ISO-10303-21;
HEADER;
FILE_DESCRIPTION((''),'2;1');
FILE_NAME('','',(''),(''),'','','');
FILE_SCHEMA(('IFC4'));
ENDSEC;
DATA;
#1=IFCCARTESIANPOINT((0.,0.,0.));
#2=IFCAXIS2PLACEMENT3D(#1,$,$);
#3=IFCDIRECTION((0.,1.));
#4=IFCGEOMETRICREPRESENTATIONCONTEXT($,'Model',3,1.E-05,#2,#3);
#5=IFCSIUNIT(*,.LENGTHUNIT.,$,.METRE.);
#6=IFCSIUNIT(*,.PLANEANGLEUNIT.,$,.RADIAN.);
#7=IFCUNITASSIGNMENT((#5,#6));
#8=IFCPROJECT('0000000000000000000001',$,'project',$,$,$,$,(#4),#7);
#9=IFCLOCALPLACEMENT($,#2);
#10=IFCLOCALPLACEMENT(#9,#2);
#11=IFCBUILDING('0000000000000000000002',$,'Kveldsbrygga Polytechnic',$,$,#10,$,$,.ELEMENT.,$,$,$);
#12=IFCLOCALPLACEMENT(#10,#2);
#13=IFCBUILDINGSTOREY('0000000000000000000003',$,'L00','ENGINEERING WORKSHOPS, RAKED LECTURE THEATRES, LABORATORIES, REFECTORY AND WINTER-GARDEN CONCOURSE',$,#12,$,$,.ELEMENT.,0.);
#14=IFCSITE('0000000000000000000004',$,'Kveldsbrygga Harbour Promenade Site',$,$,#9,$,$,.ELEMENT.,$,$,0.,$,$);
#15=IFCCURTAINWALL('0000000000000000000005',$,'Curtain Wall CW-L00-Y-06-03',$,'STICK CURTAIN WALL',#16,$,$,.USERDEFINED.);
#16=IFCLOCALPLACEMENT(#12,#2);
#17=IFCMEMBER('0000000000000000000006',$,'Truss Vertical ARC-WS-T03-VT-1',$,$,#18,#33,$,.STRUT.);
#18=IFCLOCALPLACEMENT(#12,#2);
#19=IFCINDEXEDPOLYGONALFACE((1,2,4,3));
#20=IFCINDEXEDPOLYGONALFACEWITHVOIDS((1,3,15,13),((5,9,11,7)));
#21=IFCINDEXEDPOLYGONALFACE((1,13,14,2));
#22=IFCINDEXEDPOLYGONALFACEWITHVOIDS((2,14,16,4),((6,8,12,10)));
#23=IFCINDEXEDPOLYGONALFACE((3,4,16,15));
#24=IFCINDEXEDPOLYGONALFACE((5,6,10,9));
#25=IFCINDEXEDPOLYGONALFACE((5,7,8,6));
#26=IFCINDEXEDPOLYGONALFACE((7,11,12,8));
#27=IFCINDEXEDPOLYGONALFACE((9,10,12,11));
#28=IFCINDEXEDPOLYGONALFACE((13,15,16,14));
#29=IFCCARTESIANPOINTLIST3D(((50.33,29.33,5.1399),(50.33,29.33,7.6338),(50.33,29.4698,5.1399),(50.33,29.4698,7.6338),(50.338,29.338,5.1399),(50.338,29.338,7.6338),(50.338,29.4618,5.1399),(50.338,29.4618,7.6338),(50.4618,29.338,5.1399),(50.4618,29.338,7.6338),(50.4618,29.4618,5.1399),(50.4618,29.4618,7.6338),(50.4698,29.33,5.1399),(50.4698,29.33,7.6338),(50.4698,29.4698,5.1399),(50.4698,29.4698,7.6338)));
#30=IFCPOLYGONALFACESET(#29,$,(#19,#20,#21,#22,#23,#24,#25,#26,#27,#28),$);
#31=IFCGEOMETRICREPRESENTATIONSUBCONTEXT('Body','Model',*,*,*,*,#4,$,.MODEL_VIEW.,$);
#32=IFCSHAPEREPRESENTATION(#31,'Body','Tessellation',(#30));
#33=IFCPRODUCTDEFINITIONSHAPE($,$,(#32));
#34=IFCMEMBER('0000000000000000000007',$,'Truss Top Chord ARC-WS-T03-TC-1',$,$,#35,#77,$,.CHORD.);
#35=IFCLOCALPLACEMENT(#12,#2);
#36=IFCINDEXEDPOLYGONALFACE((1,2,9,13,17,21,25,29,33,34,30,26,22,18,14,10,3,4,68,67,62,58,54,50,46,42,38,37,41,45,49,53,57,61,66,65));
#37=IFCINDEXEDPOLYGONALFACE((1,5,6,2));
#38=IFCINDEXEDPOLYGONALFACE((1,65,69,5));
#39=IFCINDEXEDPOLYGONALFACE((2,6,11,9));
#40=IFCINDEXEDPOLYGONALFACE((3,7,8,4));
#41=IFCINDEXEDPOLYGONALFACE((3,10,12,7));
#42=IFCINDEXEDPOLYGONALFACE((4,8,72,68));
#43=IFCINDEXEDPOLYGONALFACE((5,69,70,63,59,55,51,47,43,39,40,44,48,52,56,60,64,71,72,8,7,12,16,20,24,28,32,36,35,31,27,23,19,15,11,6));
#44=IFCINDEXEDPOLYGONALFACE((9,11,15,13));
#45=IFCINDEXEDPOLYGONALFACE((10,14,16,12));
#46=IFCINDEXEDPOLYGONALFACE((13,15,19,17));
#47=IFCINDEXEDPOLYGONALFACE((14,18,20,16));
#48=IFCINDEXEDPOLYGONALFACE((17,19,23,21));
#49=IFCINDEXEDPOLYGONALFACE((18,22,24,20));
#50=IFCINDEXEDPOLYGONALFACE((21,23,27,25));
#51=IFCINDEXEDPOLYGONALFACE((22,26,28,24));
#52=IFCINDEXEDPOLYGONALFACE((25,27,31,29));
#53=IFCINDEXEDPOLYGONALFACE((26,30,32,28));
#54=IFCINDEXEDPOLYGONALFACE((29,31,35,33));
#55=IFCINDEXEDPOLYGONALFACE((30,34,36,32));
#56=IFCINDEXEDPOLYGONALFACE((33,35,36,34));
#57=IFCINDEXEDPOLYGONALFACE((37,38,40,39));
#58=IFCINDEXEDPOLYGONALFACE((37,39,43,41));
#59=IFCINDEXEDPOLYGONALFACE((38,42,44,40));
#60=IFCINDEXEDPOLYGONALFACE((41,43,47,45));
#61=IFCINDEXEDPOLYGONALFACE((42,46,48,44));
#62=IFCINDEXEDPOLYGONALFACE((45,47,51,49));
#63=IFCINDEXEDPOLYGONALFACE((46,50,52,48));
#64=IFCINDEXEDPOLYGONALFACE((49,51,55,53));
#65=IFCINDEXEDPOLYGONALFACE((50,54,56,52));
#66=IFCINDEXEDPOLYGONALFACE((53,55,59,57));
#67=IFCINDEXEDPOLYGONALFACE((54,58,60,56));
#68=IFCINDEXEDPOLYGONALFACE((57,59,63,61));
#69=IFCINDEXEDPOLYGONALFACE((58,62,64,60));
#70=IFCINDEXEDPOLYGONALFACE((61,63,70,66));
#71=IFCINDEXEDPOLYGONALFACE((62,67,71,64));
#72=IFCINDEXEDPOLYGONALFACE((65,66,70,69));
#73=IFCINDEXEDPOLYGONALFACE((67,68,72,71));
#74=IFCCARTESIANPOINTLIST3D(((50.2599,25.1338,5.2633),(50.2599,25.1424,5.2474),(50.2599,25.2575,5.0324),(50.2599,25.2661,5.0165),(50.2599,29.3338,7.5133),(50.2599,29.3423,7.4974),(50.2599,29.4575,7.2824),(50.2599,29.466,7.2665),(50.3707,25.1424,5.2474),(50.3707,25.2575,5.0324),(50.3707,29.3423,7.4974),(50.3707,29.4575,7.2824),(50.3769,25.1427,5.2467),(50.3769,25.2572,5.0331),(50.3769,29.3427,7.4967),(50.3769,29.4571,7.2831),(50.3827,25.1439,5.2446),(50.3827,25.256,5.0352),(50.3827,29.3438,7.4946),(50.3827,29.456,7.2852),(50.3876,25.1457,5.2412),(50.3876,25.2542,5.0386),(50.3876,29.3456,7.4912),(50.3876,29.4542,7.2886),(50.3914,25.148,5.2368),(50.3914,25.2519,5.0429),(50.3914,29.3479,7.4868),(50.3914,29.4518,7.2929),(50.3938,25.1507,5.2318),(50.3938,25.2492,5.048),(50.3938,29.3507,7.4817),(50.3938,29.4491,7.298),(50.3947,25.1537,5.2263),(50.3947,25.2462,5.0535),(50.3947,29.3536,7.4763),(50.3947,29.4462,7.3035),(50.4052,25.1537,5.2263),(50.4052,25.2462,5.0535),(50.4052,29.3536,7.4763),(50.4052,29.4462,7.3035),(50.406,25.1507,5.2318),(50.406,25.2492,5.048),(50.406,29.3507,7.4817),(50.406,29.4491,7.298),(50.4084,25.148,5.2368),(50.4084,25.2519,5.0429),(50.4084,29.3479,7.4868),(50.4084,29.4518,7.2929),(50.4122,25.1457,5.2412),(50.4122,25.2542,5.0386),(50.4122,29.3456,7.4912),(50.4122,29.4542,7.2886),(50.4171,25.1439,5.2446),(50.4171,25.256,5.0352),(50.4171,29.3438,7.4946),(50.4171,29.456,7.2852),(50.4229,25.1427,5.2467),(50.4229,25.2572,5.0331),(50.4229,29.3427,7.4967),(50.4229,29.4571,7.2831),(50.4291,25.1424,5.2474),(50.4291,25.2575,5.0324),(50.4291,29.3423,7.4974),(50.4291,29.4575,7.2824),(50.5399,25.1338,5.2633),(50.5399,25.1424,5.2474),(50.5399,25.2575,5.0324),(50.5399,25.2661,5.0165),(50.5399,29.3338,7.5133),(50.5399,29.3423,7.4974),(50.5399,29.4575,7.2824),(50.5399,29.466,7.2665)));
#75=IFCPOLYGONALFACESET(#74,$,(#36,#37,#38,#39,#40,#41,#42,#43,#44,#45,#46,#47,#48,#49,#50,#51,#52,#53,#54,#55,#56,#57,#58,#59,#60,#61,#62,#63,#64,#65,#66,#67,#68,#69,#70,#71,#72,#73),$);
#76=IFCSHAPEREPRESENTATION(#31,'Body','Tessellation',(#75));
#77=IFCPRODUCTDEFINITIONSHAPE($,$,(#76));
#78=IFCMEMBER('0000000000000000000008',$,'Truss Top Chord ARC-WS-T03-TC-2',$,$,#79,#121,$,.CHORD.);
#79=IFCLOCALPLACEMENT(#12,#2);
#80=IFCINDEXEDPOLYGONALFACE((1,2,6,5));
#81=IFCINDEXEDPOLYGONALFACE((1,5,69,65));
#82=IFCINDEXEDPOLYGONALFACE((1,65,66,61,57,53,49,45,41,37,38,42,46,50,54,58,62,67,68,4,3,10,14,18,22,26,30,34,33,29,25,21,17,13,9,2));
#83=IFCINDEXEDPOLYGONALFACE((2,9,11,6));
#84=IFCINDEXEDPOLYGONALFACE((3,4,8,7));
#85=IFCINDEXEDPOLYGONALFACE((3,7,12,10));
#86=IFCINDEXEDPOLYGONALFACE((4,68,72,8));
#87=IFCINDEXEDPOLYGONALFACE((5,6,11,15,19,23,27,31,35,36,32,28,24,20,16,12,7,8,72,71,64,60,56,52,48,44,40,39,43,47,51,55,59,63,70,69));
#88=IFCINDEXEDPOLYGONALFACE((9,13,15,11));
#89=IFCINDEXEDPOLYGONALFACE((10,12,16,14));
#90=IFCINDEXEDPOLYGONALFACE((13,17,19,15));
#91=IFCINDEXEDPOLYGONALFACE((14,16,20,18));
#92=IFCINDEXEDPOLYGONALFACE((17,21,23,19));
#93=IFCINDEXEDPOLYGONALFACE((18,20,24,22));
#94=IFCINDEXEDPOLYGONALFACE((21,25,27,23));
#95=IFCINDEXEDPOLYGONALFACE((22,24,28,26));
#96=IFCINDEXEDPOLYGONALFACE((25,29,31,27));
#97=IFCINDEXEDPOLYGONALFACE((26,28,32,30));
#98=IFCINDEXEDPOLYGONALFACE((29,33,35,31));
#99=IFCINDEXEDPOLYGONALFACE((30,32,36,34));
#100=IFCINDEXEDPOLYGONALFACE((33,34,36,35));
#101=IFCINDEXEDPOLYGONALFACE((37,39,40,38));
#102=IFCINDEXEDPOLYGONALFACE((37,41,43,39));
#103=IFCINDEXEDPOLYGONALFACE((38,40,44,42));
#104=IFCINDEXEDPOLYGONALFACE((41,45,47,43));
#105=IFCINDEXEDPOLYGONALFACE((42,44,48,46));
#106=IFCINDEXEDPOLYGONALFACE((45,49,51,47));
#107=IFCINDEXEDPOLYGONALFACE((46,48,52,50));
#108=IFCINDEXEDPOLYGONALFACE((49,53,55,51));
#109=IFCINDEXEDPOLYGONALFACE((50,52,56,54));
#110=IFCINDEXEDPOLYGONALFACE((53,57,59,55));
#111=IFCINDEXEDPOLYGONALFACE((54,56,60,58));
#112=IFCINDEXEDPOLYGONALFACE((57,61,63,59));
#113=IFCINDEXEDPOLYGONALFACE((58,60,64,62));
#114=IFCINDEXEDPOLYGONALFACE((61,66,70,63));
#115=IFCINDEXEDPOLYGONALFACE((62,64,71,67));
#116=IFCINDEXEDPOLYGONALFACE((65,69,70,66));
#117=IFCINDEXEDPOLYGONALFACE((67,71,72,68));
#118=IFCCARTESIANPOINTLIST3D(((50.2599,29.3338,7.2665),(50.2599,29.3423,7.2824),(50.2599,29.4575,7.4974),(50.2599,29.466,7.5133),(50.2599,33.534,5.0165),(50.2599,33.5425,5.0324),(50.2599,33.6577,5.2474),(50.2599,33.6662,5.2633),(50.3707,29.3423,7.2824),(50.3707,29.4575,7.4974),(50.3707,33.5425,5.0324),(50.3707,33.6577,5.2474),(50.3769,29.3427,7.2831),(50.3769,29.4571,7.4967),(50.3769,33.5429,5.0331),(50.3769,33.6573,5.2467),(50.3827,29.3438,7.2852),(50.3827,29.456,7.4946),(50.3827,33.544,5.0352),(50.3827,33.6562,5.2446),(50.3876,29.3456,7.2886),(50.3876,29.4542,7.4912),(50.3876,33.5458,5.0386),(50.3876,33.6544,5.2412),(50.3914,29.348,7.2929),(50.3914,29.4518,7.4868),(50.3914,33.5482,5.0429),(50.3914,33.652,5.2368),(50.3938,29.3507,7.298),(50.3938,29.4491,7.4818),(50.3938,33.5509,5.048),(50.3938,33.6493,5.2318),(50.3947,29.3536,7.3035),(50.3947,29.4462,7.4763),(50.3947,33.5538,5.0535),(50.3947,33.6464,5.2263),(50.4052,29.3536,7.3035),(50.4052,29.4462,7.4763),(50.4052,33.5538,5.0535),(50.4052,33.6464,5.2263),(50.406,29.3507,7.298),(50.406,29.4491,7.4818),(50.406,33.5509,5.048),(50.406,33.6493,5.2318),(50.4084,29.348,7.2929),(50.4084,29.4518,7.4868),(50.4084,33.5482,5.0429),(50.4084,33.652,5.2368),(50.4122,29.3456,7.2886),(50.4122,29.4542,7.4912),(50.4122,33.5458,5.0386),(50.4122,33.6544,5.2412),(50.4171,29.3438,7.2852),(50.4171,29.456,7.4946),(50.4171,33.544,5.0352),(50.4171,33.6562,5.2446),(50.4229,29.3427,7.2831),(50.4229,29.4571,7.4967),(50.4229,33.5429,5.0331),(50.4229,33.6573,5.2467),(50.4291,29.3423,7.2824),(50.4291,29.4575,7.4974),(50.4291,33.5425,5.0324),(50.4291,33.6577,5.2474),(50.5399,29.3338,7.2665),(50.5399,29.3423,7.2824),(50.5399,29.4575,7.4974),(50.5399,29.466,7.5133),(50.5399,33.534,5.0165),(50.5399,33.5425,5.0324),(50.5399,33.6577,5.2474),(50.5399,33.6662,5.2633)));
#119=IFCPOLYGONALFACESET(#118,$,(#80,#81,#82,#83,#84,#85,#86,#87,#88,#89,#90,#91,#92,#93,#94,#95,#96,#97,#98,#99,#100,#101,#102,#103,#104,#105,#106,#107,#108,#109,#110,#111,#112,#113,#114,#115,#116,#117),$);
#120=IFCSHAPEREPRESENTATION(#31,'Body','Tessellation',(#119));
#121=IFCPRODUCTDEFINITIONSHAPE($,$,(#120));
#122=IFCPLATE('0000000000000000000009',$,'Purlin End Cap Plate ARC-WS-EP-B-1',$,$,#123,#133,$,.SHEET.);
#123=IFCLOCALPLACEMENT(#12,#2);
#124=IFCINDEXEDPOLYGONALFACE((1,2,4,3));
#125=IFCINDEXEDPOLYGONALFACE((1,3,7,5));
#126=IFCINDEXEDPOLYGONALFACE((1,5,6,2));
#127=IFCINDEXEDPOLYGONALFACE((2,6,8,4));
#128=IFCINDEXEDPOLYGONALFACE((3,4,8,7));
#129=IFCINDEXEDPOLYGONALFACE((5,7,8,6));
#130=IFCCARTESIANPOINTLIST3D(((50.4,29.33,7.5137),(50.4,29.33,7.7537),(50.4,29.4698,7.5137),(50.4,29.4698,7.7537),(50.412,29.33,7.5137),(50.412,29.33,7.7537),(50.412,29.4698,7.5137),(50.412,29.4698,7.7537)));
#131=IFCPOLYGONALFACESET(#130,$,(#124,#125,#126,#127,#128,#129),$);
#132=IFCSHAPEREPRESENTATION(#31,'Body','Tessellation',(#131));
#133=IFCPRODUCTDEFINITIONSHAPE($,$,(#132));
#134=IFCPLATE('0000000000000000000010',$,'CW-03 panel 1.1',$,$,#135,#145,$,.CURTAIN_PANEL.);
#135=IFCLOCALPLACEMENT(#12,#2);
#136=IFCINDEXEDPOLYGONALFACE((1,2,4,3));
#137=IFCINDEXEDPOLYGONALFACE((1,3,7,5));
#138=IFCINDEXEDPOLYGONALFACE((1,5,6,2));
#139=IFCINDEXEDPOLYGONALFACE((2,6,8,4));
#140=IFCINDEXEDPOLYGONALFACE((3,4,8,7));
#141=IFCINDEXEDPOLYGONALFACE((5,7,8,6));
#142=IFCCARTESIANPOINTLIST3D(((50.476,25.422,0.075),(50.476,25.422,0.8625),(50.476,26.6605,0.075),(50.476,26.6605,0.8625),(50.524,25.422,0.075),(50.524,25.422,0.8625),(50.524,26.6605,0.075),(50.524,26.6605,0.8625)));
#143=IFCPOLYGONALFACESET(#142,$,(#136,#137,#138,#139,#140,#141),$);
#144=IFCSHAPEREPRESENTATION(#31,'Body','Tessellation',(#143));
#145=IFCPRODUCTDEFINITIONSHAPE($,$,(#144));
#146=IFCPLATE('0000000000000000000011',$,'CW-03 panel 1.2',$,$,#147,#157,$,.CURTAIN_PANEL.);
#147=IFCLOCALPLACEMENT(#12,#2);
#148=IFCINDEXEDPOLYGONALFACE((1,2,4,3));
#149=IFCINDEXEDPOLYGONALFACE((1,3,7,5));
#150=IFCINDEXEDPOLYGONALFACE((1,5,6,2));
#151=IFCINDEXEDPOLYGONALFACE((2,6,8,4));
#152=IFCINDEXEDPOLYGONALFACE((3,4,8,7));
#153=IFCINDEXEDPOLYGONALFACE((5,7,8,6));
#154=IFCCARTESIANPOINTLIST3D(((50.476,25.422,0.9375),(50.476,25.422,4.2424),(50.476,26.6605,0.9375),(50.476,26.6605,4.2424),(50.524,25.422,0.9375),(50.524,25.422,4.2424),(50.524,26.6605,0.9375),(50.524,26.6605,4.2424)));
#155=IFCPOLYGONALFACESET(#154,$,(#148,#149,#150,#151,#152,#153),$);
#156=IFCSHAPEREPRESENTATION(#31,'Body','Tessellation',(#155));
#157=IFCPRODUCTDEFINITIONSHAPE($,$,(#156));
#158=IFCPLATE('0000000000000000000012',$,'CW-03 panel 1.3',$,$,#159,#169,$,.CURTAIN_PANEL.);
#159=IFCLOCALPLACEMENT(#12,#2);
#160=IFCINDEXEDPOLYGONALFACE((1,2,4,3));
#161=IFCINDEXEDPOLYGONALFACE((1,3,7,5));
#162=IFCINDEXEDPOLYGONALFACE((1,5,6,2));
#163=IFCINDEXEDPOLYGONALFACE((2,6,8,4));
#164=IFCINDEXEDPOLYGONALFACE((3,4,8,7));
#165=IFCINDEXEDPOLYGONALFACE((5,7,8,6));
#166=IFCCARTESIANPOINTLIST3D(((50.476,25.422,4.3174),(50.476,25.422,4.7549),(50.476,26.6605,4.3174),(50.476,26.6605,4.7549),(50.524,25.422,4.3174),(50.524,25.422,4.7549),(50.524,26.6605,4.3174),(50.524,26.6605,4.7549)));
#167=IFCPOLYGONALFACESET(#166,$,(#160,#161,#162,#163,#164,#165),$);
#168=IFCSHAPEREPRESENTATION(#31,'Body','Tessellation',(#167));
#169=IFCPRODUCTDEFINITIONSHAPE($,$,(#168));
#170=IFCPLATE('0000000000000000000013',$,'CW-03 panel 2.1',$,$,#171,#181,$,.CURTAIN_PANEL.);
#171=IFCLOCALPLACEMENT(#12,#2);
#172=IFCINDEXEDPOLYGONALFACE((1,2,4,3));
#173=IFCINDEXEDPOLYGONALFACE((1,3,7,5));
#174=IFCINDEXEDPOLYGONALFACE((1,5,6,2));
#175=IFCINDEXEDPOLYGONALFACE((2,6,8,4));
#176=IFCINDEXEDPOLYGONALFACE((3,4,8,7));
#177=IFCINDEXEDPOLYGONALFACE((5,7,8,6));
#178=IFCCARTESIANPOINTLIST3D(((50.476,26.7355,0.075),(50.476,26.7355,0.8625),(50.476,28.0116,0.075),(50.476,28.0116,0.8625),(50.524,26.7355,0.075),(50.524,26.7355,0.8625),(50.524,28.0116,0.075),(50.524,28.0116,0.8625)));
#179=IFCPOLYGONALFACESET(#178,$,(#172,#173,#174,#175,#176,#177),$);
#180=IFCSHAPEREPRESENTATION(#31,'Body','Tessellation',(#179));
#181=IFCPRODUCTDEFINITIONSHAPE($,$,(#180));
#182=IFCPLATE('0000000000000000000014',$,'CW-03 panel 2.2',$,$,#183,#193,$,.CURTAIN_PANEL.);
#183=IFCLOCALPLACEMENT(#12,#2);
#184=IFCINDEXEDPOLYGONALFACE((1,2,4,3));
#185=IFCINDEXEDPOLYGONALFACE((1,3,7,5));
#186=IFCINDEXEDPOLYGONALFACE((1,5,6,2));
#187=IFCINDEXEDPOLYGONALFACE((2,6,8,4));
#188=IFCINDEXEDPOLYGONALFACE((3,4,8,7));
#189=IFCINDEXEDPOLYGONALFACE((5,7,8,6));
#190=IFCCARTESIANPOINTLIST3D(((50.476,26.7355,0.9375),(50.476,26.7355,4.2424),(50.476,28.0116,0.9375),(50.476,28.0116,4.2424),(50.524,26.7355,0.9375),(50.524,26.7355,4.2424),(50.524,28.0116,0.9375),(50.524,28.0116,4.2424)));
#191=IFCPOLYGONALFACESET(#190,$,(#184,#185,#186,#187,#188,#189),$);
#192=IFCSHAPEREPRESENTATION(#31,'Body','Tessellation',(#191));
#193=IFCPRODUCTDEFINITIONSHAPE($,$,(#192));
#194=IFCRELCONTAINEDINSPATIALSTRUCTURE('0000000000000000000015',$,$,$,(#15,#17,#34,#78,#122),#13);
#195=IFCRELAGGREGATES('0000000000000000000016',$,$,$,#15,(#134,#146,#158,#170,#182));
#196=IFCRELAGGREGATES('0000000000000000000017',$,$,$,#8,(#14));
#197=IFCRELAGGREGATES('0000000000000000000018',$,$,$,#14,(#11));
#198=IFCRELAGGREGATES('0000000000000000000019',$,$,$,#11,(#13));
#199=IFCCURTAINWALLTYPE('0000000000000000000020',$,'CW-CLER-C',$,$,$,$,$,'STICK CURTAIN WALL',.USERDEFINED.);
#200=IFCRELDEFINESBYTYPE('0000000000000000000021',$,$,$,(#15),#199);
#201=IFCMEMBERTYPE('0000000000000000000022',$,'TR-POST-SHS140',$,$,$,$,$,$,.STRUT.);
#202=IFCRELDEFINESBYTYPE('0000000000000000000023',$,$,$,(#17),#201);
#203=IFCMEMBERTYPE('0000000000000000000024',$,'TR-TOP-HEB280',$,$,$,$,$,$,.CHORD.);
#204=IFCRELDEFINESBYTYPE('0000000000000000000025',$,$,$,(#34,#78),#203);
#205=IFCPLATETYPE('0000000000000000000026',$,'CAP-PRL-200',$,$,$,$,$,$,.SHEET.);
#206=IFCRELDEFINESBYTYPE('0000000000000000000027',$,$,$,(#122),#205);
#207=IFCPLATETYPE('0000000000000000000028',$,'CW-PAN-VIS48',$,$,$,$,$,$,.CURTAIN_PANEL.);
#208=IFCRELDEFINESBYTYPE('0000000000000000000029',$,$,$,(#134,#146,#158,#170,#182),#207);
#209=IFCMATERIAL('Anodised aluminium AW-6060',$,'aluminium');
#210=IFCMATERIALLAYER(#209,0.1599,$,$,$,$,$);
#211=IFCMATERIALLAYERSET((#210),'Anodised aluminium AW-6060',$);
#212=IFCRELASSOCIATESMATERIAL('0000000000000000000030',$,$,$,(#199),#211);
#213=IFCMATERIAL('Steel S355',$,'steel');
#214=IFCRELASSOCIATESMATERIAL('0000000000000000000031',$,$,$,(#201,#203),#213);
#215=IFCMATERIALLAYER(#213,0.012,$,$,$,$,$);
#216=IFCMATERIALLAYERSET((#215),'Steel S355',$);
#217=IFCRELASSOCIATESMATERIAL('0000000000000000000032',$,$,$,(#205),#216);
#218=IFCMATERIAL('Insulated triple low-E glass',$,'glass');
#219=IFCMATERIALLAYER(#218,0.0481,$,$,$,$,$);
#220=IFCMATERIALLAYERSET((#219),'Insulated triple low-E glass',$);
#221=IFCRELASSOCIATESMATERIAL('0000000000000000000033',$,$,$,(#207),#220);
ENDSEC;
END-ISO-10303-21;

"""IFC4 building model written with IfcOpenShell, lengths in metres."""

from ifc_helpers import new_model, si_unit, direction, frame, origin, origin_2d, place, context, subcontext, project, spatial, rectangle, hollow_rectangle, i_section, extrude, material, layer, layer_set, material_profile, profile_set, type_object, element, aggregate, save


model = new_model("IFC4")

# Units and contexts
model_context = context("Model", 3, precision=1e-05, world=origin(), true_north=direction((0.0, 1.0)))
body_context = subcontext(model_context, "Body", "Model", "MODEL_VIEW")
ifc_project = project(units=[si_unit("LENGTHUNIT", "METRE"), si_unit("PLANEANGLEUNIT", "RADIAN")], contexts=[model_context])

# Site, building, storey
site_placement = place(None, origin())
site = spatial("IfcSite", under=ifc_project, at=site_placement, Name="Kveldsbrygga Harbour Promenade Site", CompositionType="ELEMENT", RefElevation=0.0)
building_placement = place(site_placement, origin())
building = spatial("IfcBuilding", under=site, at=building_placement, Name="Kveldsbrygga Polytechnic", CompositionType="ELEMENT")
storey_placement = place(building_placement, origin())
storey = spatial("IfcBuildingStorey", under=building, at=storey_placement, Name="L00", Description="ENGINEERING WORKSHOPS, RAKED LECTURE THEATRES, LABORATORIES, REFECTORY AND WINTER-GARDEN CONCOURSE", CompositionType="ELEMENT", Elevation=0.0)

# Curtain wall
ifc_material_1 = material(Name="Anodised aluminium AW-6060", Category="aluminium")
ifc_layer_1 = layer(ifc_material_1, 0.1599)
ifc_layer_set_1 = layer_set([ifc_layer_1], Name="Anodised aluminium AW-6060")
curtain_wall_type = type_object("IfcCurtainWallType", Name="CW-CLER-C", ElementType="STICK CURTAIN WALL", PredefinedType="USERDEFINED", material=ifc_layer_set_1)
curtain_wall_placement = place(storey_placement, origin())
curtain_wall = element("IfcCurtainWall", 1, at=curtain_wall_placement, inside=storey, type_object=curtain_wall_type, Name="Curtain Wall CW-L00-Y-06-03", ObjectType="STICK CURTAIN WALL", PredefinedType="USERDEFINED")

# Members
ifc_material_2 = material(Name="Steel S355", Category="steel")
ifc_material_profile_1 = material_profile(ifc_material_2, hollow_rectangle(XDim=0.1399, YDim=0.1399, WallThickness=0.0081, at=origin_2d()), Name="SHS 140x140x8.0")
ifc_profile_set_1 = profile_set([ifc_material_profile_1], Name="Steel S355")
member_type_1 = type_object("IfcMemberType", Name="TR-POST-SHS140", PredefinedType="STRUT", material=ifc_profile_set_1)
member_1_placement = place(storey_placement, frame((50.3999, 29.3999, 5.1399), z_axis=(0.0, 0.0, 1.0), x_axis=(1.0, 0.0, 0.0)))
element("IfcMember", 2, at=member_1_placement, inside=storey, type_object=member_type_1, Name="Truss Vertical ARC-WS-T03-VT-1", PredefinedType="STRUT", context=body_context, shape_type="SweptSolid", body=[
    extrude(hollow_rectangle(XDim=0.1399, YDim=0.1399, WallThickness=0.0081, at=origin_2d()), origin(), (0.0, 0.0, 1.0), 2.4939),
])
ifc_material_profile_2 = material_profile(ifc_material_2, i_section(OverallWidth=0.28, OverallDepth=0.28, WebThickness=0.0105, FlangeThickness=0.0181, FilletRadius=0.0239, at=origin_2d()), Name="HEB 280")
ifc_profile_set_2 = profile_set([ifc_material_profile_2], Name="Steel S355")
member_type_2 = type_object("IfcMemberType", Name="TR-TOP-HEB280", PredefinedType="CHORD", material=ifc_profile_set_2)
member_2_placement = place(storey_placement, frame((50.3999, 25.2, 5.1399), z_axis=(0.0, 0.881478, 0.472226), x_axis=(-1.0, 0.0, 0.0)))
element("IfcMember", 3, at=member_2_placement, inside=storey, type_object=member_type_2, Name="Truss Top Chord ARC-WS-T03-TC-1", PredefinedType="CHORD", context=body_context, shape_type="SweptSolid", body=[
    extrude(i_section(OverallWidth=0.28, OverallDepth=0.28, WebThickness=0.0105, FlangeThickness=0.0181, FilletRadius=0.0239, at=origin_2d()), origin(), (0.0, 0.0, 1.0), 4.7646),
])
member_3_placement = place(storey_placement, frame((50.3999, 29.3999, 7.3899), z_axis=(0.0, 0.881489, -0.472204), x_axis=(-1.0, 0.0, 0.0)))
element("IfcMember", 4, at=member_3_placement, inside=storey, type_object=member_type_2, Name="Truss Top Chord ARC-WS-T03-TC-2", PredefinedType="CHORD", context=body_context, shape_type="SweptSolid", body=[
    extrude(i_section(OverallWidth=0.28, OverallDepth=0.28, WebThickness=0.0105, FlangeThickness=0.0181, FilletRadius=0.0239, at=origin_2d()), origin(), (0.0, 0.0, 1.0), 4.7649),
])

# Plates
ifc_layer_2 = layer(ifc_material_2, 0.012)
ifc_layer_set_2 = layer_set([ifc_layer_2], Name="Steel S355")
plate_type_1 = type_object("IfcPlateType", Name="CAP-PRL-200", PredefinedType="SHEET", material=ifc_layer_set_2)
plate_1_placement = place(storey_placement, frame((50.406, 29.3999, 7.5137), z_axis=(0.0, 0.0, 1.0), x_axis=(1.0, 0.0, 0.0)))
element("IfcPlate", 5, at=plate_1_placement, inside=storey, type_object=plate_type_1, Name="Purlin End Cap Plate ARC-WS-EP-B-1", PredefinedType="SHEET", context=body_context, shape_type="SweptSolid", body=[
    extrude(rectangle(XDim=0.012, YDim=0.1399, at=origin_2d()), origin(), (0.0, 0.0, 1.0), 0.24),
])
ifc_material_3 = material(Name="Insulated triple low-E glass", Category="glass")
ifc_layer_3 = layer(ifc_material_3, 0.0481)
ifc_layer_set_3 = layer_set([ifc_layer_3], Name="Insulated triple low-E glass")
plate_type_2 = type_object("IfcPlateType", Name="CW-PAN-VIS48", PredefinedType="CURTAIN_PANEL", material=ifc_layer_set_3)
plate_2_placement = place(storey_placement, frame((50.5, 26.0413, 0.075), z_axis=(0.0, 0.0, 1.0), x_axis=(0.0, 1.0, 0.0)))
plate_2 = element("IfcPlate", 6, at=plate_2_placement, type_object=plate_type_2, Name="CW-03 panel 1.1", PredefinedType="CURTAIN_PANEL", context=body_context, shape_type="SweptSolid", body=[
    extrude(rectangle(XDim=1.2385, YDim=0.0481, at=origin_2d()), origin(), (0.0, 0.0, 1.0), 0.7876),
])
plate_3_placement = place(storey_placement, frame((50.5, 26.0413, 0.9375), z_axis=(0.0, 0.0, 1.0), x_axis=(0.0, 1.0, 0.0)))
plate_3 = element("IfcPlate", 7, at=plate_3_placement, type_object=plate_type_2, Name="CW-03 panel 1.2", PredefinedType="CURTAIN_PANEL", context=body_context, shape_type="SweptSolid", body=[
    extrude(rectangle(XDim=1.2385, YDim=0.0481, at=origin_2d()), origin(), (0.0, 0.0, 1.0), 3.3049),
])
plate_4_placement = place(storey_placement, frame((50.5, 26.0413, 4.3174), z_axis=(0.0, 0.0, 1.0), x_axis=(0.0, 1.0, 0.0)))
plate_4 = element("IfcPlate", 8, at=plate_4_placement, type_object=plate_type_2, Name="CW-03 panel 1.3", PredefinedType="CURTAIN_PANEL", context=body_context, shape_type="SweptSolid", body=[
    extrude(rectangle(XDim=1.2385, YDim=0.0481, at=origin_2d()), origin(), (0.0, 0.0, 1.0), 0.4375),
])
plate_5_placement = place(storey_placement, frame((50.5, 27.3735, 0.075), z_axis=(0.0, 0.0, 1.0), x_axis=(0.0, 1.0, 0.0)))
plate_5 = element("IfcPlate", 9, at=plate_5_placement, type_object=plate_type_2, Name="CW-03 panel 2.1", PredefinedType="CURTAIN_PANEL", context=body_context, shape_type="SweptSolid", body=[
    extrude(rectangle(XDim=1.2761, YDim=0.0481, at=origin_2d()), origin(), (0.0, 0.0, 1.0), 0.7876),
])
plate_6_placement = place(storey_placement, frame((50.5, 27.3735, 0.9375), z_axis=(0.0, 0.0, 1.0), x_axis=(0.0, 1.0, 0.0)))
plate_6 = element("IfcPlate", 10, at=plate_6_placement, type_object=plate_type_2, Name="CW-03 panel 2.2", PredefinedType="CURTAIN_PANEL", context=body_context, shape_type="SweptSolid", body=[
    extrude(rectangle(XDim=1.2761, YDim=0.0481, at=origin_2d()), origin(), (0.0, 0.0, 1.0), 3.3049),
])
aggregate(curtain_wall, [plate_2, plate_3, plate_4, plate_5, plate_6])

save(model, "model.ifc")
